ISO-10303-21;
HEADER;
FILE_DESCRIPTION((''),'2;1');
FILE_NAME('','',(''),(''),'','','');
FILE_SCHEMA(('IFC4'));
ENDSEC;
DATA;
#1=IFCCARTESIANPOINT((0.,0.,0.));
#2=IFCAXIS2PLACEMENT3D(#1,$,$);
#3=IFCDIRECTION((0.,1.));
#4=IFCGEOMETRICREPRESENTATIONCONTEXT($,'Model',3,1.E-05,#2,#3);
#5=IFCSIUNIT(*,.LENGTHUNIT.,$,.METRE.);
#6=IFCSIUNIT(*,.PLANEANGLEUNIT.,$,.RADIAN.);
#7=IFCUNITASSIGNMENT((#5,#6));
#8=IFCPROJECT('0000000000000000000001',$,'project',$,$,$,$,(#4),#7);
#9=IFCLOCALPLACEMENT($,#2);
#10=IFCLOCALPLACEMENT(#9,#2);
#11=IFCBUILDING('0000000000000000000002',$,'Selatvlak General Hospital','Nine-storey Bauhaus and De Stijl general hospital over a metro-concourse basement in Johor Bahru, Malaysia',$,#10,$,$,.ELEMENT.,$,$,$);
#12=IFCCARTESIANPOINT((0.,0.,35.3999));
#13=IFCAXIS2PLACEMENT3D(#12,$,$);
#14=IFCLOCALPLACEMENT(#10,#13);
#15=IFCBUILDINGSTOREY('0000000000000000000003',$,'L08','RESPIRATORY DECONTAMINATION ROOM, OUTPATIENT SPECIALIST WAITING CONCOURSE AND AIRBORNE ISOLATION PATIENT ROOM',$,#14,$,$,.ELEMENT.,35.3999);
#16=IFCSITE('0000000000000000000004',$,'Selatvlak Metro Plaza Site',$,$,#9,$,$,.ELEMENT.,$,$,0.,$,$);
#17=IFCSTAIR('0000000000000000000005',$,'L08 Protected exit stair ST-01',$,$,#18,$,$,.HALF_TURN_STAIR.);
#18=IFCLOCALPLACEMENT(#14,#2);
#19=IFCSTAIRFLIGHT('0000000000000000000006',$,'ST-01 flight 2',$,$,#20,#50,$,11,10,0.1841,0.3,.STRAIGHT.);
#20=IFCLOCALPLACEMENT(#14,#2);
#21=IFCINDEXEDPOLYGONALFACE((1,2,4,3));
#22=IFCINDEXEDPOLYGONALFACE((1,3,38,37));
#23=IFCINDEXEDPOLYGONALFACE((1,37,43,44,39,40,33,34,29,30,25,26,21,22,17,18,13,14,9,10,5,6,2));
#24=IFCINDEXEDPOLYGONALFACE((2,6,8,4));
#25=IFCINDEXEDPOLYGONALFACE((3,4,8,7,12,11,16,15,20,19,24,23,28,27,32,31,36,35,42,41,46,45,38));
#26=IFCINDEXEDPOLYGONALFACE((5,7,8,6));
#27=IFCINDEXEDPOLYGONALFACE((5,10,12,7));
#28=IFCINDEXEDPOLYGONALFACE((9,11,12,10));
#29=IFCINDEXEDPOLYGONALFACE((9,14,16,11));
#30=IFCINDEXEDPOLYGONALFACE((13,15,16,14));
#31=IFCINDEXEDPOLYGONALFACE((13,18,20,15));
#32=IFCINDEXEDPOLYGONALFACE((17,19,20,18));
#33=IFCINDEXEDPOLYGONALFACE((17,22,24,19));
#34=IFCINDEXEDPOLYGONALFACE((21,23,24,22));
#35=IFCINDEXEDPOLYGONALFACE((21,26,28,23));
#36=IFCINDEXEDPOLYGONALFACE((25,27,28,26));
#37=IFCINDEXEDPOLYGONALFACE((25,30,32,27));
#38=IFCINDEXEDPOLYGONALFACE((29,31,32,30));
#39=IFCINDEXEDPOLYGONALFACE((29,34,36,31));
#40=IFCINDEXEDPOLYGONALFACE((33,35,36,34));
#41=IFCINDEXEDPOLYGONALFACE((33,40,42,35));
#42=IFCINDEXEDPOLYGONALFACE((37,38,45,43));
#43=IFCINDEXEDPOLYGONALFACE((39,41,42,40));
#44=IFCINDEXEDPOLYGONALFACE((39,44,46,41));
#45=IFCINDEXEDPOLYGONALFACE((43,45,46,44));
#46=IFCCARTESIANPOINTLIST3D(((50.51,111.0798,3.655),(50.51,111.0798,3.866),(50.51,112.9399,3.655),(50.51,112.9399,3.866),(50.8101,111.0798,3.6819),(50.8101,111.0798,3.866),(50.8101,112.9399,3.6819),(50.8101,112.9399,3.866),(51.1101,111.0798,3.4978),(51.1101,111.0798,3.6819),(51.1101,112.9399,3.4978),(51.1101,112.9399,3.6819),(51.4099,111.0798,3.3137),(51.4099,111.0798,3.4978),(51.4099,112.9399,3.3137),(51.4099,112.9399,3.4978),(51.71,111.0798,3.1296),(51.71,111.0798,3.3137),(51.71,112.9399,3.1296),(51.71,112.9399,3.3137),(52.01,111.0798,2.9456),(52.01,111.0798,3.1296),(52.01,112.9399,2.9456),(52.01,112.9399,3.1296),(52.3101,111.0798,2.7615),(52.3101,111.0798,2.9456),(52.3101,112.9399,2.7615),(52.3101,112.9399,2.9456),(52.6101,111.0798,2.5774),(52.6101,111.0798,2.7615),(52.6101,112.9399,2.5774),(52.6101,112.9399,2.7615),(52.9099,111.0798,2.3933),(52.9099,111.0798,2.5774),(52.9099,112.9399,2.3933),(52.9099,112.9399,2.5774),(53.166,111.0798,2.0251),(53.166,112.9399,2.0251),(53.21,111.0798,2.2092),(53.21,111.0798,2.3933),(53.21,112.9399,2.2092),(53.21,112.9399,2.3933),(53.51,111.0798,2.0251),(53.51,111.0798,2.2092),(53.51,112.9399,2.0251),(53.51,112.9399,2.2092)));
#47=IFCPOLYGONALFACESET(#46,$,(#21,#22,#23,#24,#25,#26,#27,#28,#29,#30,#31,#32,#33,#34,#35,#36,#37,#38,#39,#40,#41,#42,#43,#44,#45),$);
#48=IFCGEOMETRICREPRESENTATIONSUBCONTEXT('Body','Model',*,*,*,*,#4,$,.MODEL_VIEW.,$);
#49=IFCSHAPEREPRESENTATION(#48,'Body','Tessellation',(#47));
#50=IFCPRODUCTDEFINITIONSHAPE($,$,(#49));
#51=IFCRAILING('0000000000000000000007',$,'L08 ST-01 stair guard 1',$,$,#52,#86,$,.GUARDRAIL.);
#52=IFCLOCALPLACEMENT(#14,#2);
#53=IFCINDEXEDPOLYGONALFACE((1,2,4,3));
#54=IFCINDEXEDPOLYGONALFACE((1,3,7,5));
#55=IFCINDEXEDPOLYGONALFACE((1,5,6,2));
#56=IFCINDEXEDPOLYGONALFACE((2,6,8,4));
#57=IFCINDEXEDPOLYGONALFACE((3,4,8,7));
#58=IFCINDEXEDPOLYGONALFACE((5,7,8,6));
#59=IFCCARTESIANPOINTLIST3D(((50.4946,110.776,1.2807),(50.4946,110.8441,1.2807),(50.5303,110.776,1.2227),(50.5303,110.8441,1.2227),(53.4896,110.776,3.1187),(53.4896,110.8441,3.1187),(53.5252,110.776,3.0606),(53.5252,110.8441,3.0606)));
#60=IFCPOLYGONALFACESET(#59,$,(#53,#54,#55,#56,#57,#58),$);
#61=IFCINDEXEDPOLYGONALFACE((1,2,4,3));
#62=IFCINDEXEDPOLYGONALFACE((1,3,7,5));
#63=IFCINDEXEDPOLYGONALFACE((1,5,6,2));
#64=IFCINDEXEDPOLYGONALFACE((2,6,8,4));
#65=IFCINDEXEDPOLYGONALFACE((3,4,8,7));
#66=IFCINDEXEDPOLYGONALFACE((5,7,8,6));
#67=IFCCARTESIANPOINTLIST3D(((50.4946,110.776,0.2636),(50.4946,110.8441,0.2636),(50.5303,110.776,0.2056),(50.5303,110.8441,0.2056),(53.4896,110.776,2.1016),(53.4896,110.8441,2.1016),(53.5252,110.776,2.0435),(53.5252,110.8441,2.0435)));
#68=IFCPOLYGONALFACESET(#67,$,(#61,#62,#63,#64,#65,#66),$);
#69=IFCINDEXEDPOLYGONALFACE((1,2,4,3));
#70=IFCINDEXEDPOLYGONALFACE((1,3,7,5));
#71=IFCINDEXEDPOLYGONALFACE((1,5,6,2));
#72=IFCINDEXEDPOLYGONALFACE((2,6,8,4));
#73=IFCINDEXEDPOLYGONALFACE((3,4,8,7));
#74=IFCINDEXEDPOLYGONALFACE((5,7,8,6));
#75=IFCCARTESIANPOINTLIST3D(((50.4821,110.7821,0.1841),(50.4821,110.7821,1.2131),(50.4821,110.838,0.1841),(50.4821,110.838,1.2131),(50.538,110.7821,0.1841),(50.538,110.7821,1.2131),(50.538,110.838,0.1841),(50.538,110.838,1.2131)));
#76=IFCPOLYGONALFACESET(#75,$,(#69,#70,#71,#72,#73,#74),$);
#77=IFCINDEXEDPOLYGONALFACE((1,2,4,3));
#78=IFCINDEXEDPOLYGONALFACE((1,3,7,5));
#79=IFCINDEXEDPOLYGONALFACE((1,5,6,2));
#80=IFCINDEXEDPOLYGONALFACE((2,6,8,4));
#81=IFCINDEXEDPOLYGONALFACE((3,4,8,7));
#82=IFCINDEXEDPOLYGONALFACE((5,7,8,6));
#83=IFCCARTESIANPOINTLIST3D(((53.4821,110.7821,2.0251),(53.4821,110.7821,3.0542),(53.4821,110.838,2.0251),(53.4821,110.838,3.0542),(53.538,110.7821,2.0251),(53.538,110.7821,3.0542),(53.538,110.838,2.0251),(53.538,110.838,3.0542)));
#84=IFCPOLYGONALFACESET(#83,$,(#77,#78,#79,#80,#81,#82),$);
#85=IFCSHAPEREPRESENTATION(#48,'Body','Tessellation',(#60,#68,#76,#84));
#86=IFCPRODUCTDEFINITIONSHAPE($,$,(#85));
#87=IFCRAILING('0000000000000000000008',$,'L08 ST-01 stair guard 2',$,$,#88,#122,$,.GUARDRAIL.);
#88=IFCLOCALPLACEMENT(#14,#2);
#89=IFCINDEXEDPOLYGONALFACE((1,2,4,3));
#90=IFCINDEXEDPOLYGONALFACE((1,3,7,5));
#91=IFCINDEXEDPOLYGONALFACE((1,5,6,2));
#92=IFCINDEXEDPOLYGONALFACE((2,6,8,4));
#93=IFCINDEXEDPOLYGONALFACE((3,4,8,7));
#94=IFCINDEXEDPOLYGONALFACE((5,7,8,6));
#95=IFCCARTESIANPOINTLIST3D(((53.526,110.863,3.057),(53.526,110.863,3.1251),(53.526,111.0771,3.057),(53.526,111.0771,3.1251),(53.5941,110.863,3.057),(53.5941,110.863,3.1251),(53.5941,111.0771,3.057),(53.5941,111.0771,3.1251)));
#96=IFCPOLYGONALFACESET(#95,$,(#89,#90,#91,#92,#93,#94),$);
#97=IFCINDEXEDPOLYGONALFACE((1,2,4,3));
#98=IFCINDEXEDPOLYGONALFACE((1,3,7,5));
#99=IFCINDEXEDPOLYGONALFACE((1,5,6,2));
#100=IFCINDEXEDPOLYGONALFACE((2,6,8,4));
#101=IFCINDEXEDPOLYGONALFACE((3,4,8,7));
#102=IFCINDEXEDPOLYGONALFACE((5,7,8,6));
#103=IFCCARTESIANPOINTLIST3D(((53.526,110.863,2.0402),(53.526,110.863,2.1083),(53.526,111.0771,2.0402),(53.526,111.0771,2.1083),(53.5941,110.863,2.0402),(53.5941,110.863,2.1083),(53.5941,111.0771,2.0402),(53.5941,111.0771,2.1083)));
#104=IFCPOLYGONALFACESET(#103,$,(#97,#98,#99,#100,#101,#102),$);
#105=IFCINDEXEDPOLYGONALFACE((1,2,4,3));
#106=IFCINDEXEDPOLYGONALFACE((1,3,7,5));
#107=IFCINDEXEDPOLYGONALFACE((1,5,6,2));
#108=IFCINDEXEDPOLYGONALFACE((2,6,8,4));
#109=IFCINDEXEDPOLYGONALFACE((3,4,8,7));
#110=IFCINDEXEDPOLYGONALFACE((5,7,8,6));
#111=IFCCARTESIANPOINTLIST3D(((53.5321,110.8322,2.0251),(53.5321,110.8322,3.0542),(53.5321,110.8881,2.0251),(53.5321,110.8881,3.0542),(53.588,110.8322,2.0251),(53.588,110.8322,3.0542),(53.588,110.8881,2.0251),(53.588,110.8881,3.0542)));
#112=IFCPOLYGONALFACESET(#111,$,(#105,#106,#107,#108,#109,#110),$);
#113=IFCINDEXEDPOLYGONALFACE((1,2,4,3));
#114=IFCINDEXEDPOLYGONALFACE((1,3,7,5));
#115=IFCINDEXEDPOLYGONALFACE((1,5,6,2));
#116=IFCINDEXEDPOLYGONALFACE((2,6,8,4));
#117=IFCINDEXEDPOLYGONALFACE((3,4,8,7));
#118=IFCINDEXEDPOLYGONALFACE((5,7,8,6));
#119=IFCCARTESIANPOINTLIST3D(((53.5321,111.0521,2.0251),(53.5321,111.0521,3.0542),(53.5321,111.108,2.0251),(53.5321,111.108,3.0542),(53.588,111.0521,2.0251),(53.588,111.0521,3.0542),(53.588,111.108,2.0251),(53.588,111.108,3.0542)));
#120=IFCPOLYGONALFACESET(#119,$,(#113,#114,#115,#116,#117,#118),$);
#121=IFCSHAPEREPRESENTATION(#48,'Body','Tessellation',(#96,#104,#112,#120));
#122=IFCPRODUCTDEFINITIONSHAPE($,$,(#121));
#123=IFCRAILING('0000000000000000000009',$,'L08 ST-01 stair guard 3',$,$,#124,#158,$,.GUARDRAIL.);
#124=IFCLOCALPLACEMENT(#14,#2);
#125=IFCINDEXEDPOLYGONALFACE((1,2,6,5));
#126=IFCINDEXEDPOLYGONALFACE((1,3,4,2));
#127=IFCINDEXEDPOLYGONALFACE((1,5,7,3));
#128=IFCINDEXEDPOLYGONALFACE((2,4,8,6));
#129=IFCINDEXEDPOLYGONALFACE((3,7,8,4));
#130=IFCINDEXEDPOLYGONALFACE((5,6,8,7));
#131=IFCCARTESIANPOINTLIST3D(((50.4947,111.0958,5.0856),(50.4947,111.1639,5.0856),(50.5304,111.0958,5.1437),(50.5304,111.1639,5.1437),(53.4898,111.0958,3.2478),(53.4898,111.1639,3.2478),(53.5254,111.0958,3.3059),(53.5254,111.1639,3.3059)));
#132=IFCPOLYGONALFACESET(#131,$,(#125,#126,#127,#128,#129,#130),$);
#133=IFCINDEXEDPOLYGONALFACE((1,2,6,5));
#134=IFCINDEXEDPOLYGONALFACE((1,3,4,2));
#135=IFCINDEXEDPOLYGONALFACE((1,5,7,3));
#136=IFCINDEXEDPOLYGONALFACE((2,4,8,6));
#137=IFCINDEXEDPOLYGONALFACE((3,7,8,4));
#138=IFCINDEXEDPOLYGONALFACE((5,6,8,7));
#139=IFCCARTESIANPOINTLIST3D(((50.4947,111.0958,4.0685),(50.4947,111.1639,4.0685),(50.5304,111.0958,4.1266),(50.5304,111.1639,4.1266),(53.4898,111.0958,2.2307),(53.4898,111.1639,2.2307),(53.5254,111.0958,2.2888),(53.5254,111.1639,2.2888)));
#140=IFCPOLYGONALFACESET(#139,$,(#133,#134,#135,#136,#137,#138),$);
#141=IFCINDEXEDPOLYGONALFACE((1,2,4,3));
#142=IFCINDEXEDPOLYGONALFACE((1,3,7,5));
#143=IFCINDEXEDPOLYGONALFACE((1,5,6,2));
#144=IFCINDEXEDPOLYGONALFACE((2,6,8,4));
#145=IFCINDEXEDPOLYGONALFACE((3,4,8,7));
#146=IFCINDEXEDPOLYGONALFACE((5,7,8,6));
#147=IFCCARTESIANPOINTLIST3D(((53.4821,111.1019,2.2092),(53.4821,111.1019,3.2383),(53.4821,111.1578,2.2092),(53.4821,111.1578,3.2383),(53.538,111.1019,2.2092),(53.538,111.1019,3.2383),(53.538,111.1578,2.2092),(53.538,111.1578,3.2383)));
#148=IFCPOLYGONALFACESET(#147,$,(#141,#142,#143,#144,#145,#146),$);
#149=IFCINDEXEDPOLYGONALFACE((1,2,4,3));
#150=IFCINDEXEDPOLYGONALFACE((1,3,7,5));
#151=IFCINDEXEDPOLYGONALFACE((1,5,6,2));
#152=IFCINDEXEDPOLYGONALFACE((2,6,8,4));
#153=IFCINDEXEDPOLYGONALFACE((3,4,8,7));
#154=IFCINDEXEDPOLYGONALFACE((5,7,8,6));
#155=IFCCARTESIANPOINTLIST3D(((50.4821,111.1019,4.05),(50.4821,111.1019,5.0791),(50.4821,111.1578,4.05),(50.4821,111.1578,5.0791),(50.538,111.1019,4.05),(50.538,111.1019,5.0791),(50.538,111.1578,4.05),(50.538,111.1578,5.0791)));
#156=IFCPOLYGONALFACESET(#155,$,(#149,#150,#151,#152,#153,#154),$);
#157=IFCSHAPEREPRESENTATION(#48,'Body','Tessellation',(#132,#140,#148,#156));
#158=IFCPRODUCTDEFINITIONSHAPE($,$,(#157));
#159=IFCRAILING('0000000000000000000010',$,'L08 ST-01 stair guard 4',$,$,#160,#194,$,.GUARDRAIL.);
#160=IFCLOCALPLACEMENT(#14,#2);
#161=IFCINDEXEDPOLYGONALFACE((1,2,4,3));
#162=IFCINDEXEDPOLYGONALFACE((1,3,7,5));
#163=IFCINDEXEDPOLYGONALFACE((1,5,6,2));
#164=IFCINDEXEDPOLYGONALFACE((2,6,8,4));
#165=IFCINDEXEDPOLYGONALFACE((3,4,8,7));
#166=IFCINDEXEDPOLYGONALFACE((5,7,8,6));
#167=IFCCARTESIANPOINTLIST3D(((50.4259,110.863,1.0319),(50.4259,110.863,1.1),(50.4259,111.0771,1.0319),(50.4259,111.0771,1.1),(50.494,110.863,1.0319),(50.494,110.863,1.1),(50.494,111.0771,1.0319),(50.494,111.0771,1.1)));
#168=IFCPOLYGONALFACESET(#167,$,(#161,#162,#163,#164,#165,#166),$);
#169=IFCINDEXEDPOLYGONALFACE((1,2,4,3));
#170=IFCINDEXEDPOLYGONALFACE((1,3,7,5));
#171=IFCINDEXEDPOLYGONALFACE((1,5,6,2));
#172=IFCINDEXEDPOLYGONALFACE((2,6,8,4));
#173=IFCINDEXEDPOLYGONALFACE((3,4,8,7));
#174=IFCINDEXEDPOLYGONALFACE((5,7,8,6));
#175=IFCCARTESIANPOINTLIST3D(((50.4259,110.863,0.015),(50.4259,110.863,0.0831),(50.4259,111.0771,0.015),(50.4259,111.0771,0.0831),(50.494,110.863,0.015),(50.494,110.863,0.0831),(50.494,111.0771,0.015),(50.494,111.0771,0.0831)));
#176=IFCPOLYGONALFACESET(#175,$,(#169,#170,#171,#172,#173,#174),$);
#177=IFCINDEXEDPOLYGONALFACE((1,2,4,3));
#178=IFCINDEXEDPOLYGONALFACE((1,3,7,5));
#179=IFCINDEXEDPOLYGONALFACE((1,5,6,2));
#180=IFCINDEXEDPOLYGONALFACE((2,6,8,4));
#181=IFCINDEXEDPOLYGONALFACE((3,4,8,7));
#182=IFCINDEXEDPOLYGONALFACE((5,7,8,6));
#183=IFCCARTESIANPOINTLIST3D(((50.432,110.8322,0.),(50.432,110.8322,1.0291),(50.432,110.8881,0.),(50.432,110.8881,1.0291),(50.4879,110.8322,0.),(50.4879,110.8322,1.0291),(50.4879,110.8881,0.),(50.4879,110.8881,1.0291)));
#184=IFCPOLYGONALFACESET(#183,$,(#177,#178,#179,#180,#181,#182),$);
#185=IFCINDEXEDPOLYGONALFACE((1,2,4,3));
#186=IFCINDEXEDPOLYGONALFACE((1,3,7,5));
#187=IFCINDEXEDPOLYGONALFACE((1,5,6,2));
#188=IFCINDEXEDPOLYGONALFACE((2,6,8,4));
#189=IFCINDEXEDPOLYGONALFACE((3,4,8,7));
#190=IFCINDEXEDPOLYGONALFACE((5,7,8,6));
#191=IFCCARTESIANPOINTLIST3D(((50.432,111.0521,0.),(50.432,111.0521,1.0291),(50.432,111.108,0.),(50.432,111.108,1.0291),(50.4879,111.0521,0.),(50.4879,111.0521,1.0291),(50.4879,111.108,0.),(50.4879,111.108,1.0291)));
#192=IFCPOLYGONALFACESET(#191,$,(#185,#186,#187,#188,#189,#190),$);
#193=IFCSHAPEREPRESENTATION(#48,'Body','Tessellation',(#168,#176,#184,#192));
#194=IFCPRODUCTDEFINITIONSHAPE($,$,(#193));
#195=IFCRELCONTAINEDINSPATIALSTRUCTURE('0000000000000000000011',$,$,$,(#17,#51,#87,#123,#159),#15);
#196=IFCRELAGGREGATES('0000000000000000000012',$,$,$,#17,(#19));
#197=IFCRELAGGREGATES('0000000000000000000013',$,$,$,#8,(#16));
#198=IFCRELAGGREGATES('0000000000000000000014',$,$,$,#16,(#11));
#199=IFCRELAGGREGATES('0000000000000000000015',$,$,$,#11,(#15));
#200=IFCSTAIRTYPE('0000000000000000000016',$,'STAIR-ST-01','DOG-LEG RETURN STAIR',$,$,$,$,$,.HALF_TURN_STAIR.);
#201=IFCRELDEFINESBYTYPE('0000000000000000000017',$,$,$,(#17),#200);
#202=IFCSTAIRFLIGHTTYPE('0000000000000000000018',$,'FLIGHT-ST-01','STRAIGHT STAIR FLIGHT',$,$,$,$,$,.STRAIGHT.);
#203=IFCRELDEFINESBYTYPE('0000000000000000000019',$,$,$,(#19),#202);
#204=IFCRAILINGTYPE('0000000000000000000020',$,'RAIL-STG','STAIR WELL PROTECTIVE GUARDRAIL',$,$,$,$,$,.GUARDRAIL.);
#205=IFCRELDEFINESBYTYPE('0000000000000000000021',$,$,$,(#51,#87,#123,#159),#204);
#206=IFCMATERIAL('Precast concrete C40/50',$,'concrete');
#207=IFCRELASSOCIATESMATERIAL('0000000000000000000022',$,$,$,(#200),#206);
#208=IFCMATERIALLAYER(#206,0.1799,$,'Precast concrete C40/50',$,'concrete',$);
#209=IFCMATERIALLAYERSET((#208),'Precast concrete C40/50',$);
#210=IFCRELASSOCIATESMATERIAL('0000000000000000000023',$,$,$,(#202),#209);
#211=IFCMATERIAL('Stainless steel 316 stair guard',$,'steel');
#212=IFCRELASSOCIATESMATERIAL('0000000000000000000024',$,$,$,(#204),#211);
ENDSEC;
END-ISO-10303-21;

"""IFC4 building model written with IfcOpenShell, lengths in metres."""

from ifc_helpers import new_model, si_unit, direction, frame, origin, origin_2d, place, context, subcontext, project, spatial, polyline, rectangle, outline, extrude, material, layer, layer_set, type_object, element, aggregate, save


model = new_model("IFC4")

# Units and contexts
model_context = context("Model", 3, precision=1e-05, world=origin(), true_north=direction((0.0, 1.0)))
body_context = subcontext(model_context, "Body", "Model", "MODEL_VIEW")
ifc_project = project(units=[si_unit("LENGTHUNIT", "METRE"), si_unit("PLANEANGLEUNIT", "RADIAN")], contexts=[model_context])

# Site, building, storey
site_placement = place(None, origin())
site = spatial("IfcSite", under=ifc_project, at=site_placement, Name="Selatvlak Metro Plaza Site", CompositionType="ELEMENT", RefElevation=0.0)
building_placement = place(site_placement, origin())
building = spatial("IfcBuilding", under=site, at=building_placement, Name="Selatvlak General Hospital", Description="Nine-storey Bauhaus and De Stijl general hospital over a metro-concourse basement in Johor Bahru, Malaysia", CompositionType="ELEMENT")
storey_placement = place(building_placement, frame((0.0, 0.0, 35.3999)))
storey = spatial("IfcBuildingStorey", under=building, at=storey_placement, Name="L08", Description="RESPIRATORY DECONTAMINATION ROOM, OUTPATIENT SPECIALIST WAITING CONCOURSE AND AIRBORNE ISOLATION PATIENT ROOM", CompositionType="ELEMENT", Elevation=35.3999)

# Stair, stair flight
ifc_material_1 = material(Name="Precast concrete C40/50", Category="concrete")
stair_type = type_object("IfcStairType", Name="STAIR-ST-01", Description="DOG-LEG RETURN STAIR", PredefinedType="HALF_TURN_STAIR", material=ifc_material_1)
stair_placement = place(storey_placement, origin())
stair = element("IfcStair", 1, at=stair_placement, inside=storey, type_object=stair_type, Name="L08 Protected exit stair ST-01", PredefinedType="HALF_TURN_STAIR")
ifc_layer_1 = layer(ifc_material_1, 0.1799, Name="Precast concrete C40/50", Category="concrete")
ifc_layer_set_1 = layer_set([ifc_layer_1], Name="Precast concrete C40/50")
stair_flight_type = type_object("IfcStairFlightType", Name="FLIGHT-ST-01", Description="STRAIGHT STAIR FLIGHT", PredefinedType="STRAIGHT", material=ifc_layer_set_1)
stair_flight_1_placement = place(storey_placement, frame((53.51, 112.01, 2.0251), z_axis=(0.0, 0.0, 1.0), x_axis=(-1.0, 0.0, 0.0)))
stair_flight_1 = element("IfcStairFlight", 2, at=stair_flight_1_placement, type_object=stair_flight_type, Name="ST-01 flight 2", NumberOfRisers=11, NumberOfTreads=10, PredefinedType="STRAIGHT", RiserHeight=0.1841, TreadLength=0.3, context=body_context, shape_type="SweptSolid", body=[
    extrude(outline(polyline([(0.0, 0.0), (0.0, 0.1841), (0.3, 0.1841), (0.3, 0.3682), (0.6001, 0.3682), (0.6001, 0.5522), (0.8999, 0.5522), (0.8999, 0.7363), (1.2, 0.7363), (1.2, 0.9204), (1.5, 0.9204), (1.5, 1.1045), (1.8, 1.1045), (1.8, 1.2886), (2.1001, 1.2886), (2.1001, 1.4727), (2.3999, 1.4727), (2.3999, 1.6567), (2.7, 1.6567), (2.7, 1.8408), (3.0, 1.8408), (3.0, 2.0249), (3.0, 1.6299), (0.344, 0.0), (0.0, 0.0)])), frame((0.0, 0.9302, 0.0), z_axis=(0.0, -1.0, 0.0), x_axis=(1.0, 0.0, 0.0)), (0.0, 0.0, 1.0), 1.8601),
])
aggregate(stair, [stair_flight_1])

# Railings
ifc_material_2 = material(Name="Stainless steel 316 stair guard", Category="steel")
railing_type_1 = type_object("IfcRailingType", Name="RAIL-STG", Description="STAIR WELL PROTECTIVE GUARDRAIL", PredefinedType="GUARDRAIL", material=ifc_material_2)
railing_1_placement = place(storey_placement, frame((50.51, 110.8101, 0.1841)))
element("IfcRailing", 3, at=railing_1_placement, inside=storey, type_object=railing_type_1, Name="L08 ST-01 stair guard 1", PredefinedType="GUARDRAIL", context=body_context, shape_type="SweptSolid", body=[
    extrude(rectangle(XDim=0.0681, YDim=0.0681, at=origin_2d()), frame((0.0024, 0.0, 1.0676), z_axis=(0.852303, 0.0, 0.523048), x_axis=(0.0, 1.0, 0.0)), (0.0, 0.0, 1.0), 3.5139),
    extrude(rectangle(XDim=0.0681, YDim=0.0681, at=origin_2d()), frame((0.0024, 0.0, 0.0505), z_axis=(0.852303, 0.0, 0.523048), x_axis=(0.0, 1.0, 0.0)), (0.0, 0.0, 1.0), 3.5139),
    extrude(rectangle(XDim=0.0559, YDim=0.0559, at=origin_2d()), origin(), (0.0, 0.0, 1.0), 1.0291),
    extrude(rectangle(XDim=0.0559, YDim=0.0559, at=origin_2d()), frame((3.0, 0.0, 1.8411)), (0.0, 0.0, 1.0), 1.0291),
])
railing_2_placement = place(storey_placement, frame((53.5601, 110.8601, 2.0251)))
element("IfcRailing", 4, at=railing_2_placement, inside=storey, type_object=railing_type_1, Name="L08 ST-01 stair guard 2", PredefinedType="GUARDRAIL", context=body_context, shape_type="SweptSolid", body=[
    extrude(rectangle(XDim=0.0681, YDim=0.0681, at=origin_2d()), frame((0.0, 0.0029, 1.0659), z_axis=(0.0, 1.0, 0.0), x_axis=(-1.0, 0.0, 0.0)), (0.0, 0.0, 1.0), 0.2141),
    extrude(rectangle(XDim=0.0681, YDim=0.0681, at=origin_2d()), frame((0.0, 0.0029, 0.0491), z_axis=(0.0, 1.0, 0.0), x_axis=(-1.0, 0.0, 0.0)), (0.0, 0.0, 1.0), 0.2141),
    extrude(rectangle(XDim=0.0559, YDim=0.0559, at=origin_2d()), origin(), (0.0, 0.0, 1.0), 1.0291),
    extrude(rectangle(XDim=0.0559, YDim=0.0559, at=origin_2d()), frame((0.0, 0.22, 0.0)), (0.0, 0.0, 1.0), 1.0291),
])
railing_3_placement = place(storey_placement, frame((53.51, 111.1299, 2.2092)))
element("IfcRailing", 5, at=railing_3_placement, inside=storey, type_object=railing_type_1, Name="L08 ST-01 stair guard 3", PredefinedType="GUARDRAIL", context=body_context, shape_type="SweptSolid", body=[
    extrude(rectangle(XDim=0.0681, YDim=0.0681, at=origin_2d()), frame((-0.0024, 0.0, 1.0676), z_axis=(-0.852334, 0.0, 0.522998), x_axis=(0.0, -1.0, 0.0)), (0.0, 0.0, 1.0), 3.5139),
    extrude(rectangle(XDim=0.0681, YDim=0.0681, at=origin_2d()), frame((-0.0024, 0.0, 0.0505), z_axis=(-0.852334, 0.0, 0.522998), x_axis=(0.0, -1.0, 0.0)), (0.0, 0.0, 1.0), 3.5139),
    extrude(rectangle(XDim=0.0559, YDim=0.0559, at=origin_2d()), origin(), (0.0, 0.0, 1.0), 1.0291),
    extrude(rectangle(XDim=0.0559, YDim=0.0559, at=origin_2d()), frame((-3.0, 0.0, 1.8408)), (0.0, 0.0, 1.0), 1.0291),
])
railing_4_placement = place(storey_placement, frame((50.46, 110.8601, 0.0)))
element("IfcRailing", 6, at=railing_4_placement, inside=storey, type_object=railing_type_1, Name="L08 ST-01 stair guard 4", PredefinedType="GUARDRAIL", context=body_context, shape_type="SweptSolid", body=[
    extrude(rectangle(XDim=0.0681, YDim=0.0681, at=origin_2d()), frame((0.0, 0.0029, 1.0659), z_axis=(0.0, 1.0, 0.0), x_axis=(-1.0, 0.0, 0.0)), (0.0, 0.0, 1.0), 0.2141),
    extrude(rectangle(XDim=0.0681, YDim=0.0681, at=origin_2d()), frame((0.0, 0.0029, 0.0491), z_axis=(0.0, 1.0, 0.0), x_axis=(-1.0, 0.0, 0.0)), (0.0, 0.0, 1.0), 0.2141),
    extrude(rectangle(XDim=0.0559, YDim=0.0559, at=origin_2d()), origin(), (0.0, 0.0, 1.0), 1.0291),
    extrude(rectangle(XDim=0.0559, YDim=0.0559, at=origin_2d()), frame((0.0, 0.22, 0.0)), (0.0, 0.0, 1.0), 1.0291),
])

save(model, "model.ifc")
